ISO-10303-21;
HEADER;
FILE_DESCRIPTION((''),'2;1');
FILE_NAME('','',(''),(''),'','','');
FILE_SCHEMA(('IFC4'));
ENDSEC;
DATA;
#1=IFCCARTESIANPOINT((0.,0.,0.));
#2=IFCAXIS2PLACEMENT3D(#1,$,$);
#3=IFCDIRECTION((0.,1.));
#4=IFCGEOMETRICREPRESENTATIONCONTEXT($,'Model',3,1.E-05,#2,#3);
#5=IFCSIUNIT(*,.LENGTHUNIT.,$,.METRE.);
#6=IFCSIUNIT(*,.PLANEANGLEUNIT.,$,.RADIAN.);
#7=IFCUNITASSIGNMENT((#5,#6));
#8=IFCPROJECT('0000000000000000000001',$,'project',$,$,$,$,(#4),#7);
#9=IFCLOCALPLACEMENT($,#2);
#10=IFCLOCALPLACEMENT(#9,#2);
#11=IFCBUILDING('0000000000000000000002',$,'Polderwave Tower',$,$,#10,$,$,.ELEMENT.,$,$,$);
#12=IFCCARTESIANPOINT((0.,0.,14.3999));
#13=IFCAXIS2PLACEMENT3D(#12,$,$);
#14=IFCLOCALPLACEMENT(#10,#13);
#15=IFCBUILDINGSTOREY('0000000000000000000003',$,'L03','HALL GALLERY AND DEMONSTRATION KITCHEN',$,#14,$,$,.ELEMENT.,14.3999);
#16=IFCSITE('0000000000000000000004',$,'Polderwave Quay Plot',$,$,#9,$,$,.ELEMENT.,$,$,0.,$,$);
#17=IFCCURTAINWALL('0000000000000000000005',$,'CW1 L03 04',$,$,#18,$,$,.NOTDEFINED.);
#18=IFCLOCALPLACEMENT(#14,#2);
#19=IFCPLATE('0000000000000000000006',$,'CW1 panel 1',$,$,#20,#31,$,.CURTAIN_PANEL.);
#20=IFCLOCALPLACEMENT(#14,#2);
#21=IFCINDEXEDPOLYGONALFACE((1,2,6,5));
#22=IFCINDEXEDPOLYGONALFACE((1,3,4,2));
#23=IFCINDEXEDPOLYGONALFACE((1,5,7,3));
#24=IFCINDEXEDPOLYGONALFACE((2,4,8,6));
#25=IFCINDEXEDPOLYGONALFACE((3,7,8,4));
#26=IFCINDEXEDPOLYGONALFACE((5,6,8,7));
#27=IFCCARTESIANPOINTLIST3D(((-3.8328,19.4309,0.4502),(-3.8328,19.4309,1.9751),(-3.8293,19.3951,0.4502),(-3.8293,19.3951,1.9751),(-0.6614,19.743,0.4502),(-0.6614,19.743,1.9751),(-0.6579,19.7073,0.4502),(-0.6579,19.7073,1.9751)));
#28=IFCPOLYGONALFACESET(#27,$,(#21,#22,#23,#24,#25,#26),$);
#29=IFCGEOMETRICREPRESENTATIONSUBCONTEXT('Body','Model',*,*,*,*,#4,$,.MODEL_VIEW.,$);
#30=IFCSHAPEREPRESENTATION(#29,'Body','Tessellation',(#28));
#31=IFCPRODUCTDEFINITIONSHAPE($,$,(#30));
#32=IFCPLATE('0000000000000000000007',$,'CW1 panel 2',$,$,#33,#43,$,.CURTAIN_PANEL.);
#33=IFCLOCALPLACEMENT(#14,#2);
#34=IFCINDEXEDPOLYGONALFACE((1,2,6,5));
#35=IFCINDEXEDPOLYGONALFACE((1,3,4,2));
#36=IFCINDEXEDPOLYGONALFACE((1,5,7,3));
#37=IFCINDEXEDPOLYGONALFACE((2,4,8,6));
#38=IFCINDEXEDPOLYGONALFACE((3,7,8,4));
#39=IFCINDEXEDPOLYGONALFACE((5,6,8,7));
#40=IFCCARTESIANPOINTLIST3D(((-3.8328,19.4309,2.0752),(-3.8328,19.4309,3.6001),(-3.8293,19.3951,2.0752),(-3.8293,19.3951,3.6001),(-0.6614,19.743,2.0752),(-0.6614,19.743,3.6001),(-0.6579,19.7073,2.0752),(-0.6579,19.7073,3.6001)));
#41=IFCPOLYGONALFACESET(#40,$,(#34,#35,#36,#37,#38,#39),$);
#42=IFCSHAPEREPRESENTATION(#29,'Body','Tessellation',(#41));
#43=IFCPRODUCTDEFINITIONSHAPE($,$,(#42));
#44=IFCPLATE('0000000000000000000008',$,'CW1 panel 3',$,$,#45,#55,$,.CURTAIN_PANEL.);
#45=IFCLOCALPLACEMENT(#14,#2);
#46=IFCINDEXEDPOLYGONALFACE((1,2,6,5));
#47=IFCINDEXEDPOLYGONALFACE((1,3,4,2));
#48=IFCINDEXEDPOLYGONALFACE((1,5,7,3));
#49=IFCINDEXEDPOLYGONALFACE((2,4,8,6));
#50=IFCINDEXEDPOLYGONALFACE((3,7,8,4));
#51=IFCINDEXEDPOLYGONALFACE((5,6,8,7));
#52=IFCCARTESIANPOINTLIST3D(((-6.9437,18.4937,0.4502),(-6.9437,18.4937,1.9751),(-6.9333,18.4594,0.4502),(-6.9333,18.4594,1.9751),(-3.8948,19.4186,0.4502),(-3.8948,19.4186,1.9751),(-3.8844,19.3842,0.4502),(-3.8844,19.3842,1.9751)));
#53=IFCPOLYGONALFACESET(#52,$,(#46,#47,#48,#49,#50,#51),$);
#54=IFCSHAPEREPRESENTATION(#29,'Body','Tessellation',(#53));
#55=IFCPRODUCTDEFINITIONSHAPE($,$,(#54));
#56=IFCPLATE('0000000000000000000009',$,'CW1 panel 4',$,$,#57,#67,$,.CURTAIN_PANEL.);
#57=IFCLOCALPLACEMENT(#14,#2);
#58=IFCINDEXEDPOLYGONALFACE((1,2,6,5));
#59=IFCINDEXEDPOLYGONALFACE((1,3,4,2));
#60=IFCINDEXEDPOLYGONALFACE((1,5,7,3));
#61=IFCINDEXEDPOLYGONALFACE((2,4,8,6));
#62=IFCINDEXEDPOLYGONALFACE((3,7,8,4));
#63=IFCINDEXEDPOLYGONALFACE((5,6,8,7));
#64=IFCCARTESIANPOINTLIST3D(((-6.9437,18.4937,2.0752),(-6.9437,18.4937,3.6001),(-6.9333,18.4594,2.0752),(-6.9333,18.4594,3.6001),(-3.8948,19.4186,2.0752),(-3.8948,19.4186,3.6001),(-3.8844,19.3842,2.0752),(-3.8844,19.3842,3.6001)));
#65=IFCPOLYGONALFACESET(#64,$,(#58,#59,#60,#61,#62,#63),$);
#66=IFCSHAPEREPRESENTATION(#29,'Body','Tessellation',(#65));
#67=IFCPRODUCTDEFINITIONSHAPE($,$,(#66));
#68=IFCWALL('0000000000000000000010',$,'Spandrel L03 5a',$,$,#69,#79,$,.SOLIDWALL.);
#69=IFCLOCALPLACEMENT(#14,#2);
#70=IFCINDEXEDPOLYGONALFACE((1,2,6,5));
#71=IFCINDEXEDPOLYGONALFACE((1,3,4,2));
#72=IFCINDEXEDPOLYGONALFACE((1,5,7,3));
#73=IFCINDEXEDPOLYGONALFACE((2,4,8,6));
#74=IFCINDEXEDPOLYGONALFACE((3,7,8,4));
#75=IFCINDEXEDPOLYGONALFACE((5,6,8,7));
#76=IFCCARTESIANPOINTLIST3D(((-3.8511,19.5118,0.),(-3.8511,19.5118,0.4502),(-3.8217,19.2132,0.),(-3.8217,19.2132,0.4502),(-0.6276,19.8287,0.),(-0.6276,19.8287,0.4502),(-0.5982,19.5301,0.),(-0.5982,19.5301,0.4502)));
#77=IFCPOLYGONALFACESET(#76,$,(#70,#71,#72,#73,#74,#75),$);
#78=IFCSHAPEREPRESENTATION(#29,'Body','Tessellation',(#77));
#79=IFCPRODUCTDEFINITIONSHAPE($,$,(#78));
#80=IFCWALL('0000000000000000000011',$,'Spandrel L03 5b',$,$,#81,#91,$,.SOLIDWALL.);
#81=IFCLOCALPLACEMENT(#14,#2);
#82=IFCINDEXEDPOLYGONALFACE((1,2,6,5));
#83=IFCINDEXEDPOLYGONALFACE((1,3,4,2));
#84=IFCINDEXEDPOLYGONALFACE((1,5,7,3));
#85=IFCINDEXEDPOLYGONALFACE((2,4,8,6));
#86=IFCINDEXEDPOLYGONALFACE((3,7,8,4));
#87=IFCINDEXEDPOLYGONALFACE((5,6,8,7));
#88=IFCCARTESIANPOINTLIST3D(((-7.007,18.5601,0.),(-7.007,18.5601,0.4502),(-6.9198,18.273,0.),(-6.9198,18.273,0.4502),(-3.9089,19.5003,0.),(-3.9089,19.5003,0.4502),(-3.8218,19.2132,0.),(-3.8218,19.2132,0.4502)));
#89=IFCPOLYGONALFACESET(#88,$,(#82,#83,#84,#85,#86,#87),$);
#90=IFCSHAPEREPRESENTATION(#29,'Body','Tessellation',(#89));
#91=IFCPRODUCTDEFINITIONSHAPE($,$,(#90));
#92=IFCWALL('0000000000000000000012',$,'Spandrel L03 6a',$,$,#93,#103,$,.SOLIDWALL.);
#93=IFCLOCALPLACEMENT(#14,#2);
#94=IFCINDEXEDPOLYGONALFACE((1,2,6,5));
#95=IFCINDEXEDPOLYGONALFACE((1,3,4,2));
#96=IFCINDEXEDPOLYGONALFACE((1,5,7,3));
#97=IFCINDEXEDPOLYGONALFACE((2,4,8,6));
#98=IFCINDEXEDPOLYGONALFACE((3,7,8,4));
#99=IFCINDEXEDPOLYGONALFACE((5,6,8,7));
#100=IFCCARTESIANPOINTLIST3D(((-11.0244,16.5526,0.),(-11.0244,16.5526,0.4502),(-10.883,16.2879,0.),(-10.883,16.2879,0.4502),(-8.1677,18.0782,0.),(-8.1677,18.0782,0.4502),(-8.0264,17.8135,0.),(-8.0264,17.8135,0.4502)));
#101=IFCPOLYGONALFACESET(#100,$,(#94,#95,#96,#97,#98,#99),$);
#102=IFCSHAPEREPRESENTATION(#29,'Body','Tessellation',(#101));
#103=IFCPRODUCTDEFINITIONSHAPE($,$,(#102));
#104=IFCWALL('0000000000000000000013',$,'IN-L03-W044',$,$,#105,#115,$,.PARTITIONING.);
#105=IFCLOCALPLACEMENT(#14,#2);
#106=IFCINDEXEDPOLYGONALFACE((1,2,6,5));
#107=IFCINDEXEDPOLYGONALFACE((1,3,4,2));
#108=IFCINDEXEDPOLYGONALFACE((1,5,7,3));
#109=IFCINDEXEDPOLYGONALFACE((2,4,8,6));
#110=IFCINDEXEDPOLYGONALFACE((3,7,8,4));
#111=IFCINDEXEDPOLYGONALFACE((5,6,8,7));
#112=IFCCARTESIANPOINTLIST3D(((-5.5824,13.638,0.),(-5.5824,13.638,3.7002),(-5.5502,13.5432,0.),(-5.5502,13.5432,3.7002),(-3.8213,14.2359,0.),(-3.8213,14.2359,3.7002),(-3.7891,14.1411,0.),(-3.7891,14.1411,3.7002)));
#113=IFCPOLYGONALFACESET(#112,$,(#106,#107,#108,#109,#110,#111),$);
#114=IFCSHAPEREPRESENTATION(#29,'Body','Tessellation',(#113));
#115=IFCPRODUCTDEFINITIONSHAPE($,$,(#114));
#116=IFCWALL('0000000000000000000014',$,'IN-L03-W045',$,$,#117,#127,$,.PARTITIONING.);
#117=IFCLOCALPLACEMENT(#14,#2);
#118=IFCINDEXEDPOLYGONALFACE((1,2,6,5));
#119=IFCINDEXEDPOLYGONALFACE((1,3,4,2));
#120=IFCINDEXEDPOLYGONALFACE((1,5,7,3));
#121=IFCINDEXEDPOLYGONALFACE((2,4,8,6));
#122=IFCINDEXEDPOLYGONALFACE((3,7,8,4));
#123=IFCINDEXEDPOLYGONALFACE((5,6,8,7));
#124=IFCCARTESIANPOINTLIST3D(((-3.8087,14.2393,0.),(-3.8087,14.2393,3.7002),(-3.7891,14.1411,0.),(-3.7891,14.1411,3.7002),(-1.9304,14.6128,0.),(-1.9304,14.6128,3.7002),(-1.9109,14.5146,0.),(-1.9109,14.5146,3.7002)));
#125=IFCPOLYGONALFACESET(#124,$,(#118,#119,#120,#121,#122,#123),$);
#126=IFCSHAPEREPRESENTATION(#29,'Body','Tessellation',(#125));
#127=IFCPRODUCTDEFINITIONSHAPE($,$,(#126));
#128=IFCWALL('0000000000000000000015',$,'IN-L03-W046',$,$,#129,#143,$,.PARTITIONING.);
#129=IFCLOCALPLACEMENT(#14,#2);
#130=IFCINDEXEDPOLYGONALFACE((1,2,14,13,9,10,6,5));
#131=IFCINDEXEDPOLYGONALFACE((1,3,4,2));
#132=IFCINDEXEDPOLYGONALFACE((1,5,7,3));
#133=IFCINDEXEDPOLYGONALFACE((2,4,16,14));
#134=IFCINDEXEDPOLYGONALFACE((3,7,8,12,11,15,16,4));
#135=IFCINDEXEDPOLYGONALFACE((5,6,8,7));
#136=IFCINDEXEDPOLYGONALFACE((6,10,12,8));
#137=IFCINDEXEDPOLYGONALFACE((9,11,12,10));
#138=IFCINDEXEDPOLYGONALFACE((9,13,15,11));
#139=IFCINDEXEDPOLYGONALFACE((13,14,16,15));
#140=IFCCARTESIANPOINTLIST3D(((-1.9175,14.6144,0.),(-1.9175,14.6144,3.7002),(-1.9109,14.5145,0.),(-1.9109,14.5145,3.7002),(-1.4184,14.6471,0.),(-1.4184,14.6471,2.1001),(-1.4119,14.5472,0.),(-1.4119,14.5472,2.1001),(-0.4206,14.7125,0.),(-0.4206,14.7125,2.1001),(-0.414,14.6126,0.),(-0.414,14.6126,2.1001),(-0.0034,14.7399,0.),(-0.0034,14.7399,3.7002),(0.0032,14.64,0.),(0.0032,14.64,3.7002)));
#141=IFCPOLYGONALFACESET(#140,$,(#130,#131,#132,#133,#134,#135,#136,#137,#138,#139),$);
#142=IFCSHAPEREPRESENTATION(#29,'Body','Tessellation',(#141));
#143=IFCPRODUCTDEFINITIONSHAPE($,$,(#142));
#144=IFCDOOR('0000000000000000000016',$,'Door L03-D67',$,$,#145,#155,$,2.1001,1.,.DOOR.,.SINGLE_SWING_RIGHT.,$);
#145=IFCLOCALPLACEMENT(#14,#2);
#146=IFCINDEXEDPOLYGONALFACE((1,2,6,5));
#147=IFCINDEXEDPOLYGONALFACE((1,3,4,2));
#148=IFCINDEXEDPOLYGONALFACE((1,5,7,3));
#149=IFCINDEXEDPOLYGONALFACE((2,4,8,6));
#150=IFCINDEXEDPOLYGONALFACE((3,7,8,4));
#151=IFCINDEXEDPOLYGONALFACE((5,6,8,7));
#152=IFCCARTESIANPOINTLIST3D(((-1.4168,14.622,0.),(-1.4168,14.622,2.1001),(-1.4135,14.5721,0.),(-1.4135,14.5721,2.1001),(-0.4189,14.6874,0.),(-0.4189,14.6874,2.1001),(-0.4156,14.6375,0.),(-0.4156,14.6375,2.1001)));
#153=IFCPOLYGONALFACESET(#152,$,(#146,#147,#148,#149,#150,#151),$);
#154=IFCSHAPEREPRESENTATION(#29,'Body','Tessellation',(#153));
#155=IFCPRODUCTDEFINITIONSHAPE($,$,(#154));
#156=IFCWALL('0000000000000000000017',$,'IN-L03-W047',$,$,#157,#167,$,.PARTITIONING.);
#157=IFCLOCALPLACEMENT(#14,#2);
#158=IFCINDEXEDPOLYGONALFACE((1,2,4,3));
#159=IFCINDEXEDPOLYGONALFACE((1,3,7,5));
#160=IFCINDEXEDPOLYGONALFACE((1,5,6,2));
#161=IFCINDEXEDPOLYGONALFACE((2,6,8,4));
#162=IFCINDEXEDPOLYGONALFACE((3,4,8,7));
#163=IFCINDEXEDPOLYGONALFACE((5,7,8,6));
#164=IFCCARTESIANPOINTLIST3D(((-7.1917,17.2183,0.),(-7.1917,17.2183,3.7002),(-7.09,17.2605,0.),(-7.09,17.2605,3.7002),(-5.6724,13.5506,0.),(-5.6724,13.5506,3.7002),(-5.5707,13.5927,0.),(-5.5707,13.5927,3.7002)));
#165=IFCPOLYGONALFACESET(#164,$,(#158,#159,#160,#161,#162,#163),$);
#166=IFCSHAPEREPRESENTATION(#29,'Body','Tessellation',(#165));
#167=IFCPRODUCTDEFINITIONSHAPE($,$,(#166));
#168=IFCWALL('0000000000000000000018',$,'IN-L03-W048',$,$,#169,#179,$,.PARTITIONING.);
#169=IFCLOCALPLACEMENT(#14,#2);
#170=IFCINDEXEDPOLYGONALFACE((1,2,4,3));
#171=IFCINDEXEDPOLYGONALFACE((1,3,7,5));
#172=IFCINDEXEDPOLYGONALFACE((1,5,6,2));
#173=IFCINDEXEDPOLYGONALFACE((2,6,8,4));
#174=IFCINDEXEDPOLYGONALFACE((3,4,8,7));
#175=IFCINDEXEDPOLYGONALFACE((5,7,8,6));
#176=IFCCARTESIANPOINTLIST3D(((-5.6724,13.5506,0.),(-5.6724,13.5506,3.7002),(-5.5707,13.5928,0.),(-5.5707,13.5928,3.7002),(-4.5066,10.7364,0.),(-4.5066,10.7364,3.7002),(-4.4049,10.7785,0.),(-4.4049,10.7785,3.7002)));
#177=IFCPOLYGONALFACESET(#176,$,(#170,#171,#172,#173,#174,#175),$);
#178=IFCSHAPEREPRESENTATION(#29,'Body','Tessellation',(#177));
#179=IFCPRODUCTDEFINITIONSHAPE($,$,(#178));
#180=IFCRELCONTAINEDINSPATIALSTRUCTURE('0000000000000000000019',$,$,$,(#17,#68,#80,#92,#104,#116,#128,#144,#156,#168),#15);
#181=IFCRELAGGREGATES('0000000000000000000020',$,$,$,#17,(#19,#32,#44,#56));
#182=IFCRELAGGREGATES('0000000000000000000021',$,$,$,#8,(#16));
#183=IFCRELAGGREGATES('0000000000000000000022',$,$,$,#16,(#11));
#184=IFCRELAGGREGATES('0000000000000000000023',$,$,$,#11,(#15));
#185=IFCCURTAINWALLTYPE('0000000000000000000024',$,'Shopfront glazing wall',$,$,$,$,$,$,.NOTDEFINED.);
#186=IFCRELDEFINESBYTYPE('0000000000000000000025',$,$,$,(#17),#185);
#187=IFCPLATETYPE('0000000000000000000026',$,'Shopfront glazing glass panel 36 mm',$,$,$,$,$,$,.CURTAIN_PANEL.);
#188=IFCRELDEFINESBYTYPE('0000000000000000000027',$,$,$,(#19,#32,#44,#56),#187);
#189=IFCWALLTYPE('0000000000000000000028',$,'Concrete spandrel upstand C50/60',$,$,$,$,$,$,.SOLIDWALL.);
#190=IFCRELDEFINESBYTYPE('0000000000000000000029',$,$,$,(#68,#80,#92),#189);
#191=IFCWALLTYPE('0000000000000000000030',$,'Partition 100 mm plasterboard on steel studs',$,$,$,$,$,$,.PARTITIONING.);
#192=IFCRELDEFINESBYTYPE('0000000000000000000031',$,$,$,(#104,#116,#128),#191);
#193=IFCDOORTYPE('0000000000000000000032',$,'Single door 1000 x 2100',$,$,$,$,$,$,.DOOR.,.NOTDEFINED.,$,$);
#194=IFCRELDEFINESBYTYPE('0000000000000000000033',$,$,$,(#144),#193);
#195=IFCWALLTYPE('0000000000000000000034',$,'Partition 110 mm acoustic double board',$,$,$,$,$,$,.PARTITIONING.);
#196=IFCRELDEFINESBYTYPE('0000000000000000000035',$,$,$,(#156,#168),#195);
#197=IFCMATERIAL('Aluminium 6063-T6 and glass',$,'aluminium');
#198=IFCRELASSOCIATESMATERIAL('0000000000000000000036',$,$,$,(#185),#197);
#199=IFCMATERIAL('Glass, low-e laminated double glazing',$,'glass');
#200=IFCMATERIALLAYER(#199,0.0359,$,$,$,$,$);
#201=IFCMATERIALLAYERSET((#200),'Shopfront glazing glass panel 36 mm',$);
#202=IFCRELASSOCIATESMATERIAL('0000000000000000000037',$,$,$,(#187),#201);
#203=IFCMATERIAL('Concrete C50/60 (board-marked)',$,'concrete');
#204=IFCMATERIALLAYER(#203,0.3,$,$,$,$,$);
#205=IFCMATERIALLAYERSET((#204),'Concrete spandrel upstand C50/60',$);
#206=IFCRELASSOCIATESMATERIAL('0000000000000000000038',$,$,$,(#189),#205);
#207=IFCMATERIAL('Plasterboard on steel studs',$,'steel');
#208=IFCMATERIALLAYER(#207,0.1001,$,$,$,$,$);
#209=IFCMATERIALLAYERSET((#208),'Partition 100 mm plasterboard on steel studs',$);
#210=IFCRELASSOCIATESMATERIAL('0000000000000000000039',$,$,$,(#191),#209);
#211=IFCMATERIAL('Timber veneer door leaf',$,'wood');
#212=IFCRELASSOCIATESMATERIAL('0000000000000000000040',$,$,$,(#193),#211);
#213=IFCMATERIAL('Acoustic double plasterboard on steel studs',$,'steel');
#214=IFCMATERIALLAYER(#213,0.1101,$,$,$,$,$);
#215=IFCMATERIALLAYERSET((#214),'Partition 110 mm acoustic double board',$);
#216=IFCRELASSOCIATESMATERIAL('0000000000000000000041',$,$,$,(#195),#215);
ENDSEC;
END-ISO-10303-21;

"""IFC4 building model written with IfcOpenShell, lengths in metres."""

from ifc_helpers import new_model, si_unit, direction, frame, frame_2d, origin, origin_2d, place, context, subcontext, project, spatial, rectangle, extrude, material, layer, layer_set, type_object, element, fill, aggregate, save


model = new_model("IFC4")

# Units and contexts
model_context = context("Model", 3, precision=1e-05, world=origin(), true_north=direction((0.0, 1.0)))
body_context = subcontext(model_context, "Body", "Model", "MODEL_VIEW")
ifc_project = project(units=[si_unit("LENGTHUNIT", "METRE"), si_unit("PLANEANGLEUNIT", "RADIAN")], contexts=[model_context])

# Site, building, storey
site_placement = place(None, origin())
site = spatial("IfcSite", under=ifc_project, at=site_placement, Name="Polderwave Quay Plot", CompositionType="ELEMENT", RefElevation=0.0)
building_placement = place(site_placement, origin())
building = spatial("IfcBuilding", under=site, at=building_placement, Name="Polderwave Tower", CompositionType="ELEMENT")
storey_placement = place(building_placement, frame((0.0, 0.0, 14.3999)))
storey = spatial("IfcBuildingStorey", under=building, at=storey_placement, Name="L03", Description="HALL GALLERY AND DEMONSTRATION KITCHEN", CompositionType="ELEMENT", Elevation=14.3999)

# Curtain wall
ifc_material_1 = material(Name="Aluminium 6063-T6 and glass", Category="aluminium")
curtain_wall_type = type_object("IfcCurtainWallType", Name="Shopfront glazing wall", PredefinedType="NOTDEFINED", material=ifc_material_1)
curtain_wall_1_placement = place(storey_placement, origin())
curtain_wall_1 = element("IfcCurtainWall", 1, at=curtain_wall_1_placement, inside=storey, type_object=curtain_wall_type, Name="CW1 L03 04", PredefinedType="NOTDEFINED")

# Plates
ifc_material_2 = material(Name="Glass, low-e laminated double glazing", Category="glass")
ifc_layer_1 = layer(ifc_material_2, 0.0359)
ifc_layer_set_1 = layer_set([ifc_layer_1], Name="Shopfront glazing glass panel 36 mm")
plate_type = type_object("IfcPlateType", Name="Shopfront glazing glass panel 36 mm", PredefinedType="CURTAIN_PANEL", material=ifc_layer_set_1)
plate_1_placement = place(storey_placement, frame((-2.2454, 19.5691, 0.4502), z_axis=(0.0, 0.0, 1.0), x_axis=(-0.99519, -0.097963, 0.0)))
plate_1 = element("IfcPlate", 2, at=plate_1_placement, type_object=plate_type, Name="CW1 panel 1", PredefinedType="CURTAIN_PANEL", context=body_context, shape_type="SweptSolid", body=[
    extrude(rectangle(XDim=3.1868, YDim=0.0359, at=origin_2d()), origin(), (0.0, 0.0, 1.0), 1.5249),
])
plate_2_placement = place(storey_placement, frame((-2.2454, 19.5691, 2.0752), z_axis=(0.0, 0.0, 1.0), x_axis=(-0.99519, -0.097963, 0.0)))
plate_2 = element("IfcPlate", 3, at=plate_2_placement, type_object=plate_type, Name="CW1 panel 2", PredefinedType="CURTAIN_PANEL", context=body_context, shape_type="SweptSolid", body=[
    extrude(rectangle(XDim=3.1868, YDim=0.0359, at=origin_2d()), origin(), (0.0, 0.0, 1.0), 1.5249),
])
plate_3_placement = place(storey_placement, frame((-5.4141, 18.939, 0.4502), z_axis=(0.0, 0.0, 1.0), x_axis=(-0.95694, -0.290286, 0.0)))
plate_3 = element("IfcPlate", 4, at=plate_3_placement, type_object=plate_type, Name="CW1 panel 3", PredefinedType="CURTAIN_PANEL", context=body_context, shape_type="SweptSolid", body=[
    extrude(rectangle(XDim=3.186, YDim=0.0359, at=origin_2d()), origin(), (0.0, 0.0, 1.0), 1.5249),
])
plate_4_placement = place(storey_placement, frame((-5.4141, 18.939, 2.0752), z_axis=(0.0, 0.0, 1.0), x_axis=(-0.95694, -0.290286, 0.0)))
plate_4 = element("IfcPlate", 5, at=plate_4_placement, type_object=plate_type, Name="CW1 panel 4", PredefinedType="CURTAIN_PANEL", context=body_context, shape_type="SweptSolid", body=[
    extrude(rectangle(XDim=3.186, YDim=0.0359, at=origin_2d()), origin(), (0.0, 0.0, 1.0), 1.5249),
])
aggregate(curtain_wall_1, [plate_1, plate_2, plate_3, plate_4])

# Walls
ifc_material_3 = material(Name="Concrete C50/60 (board-marked)", Category="concrete")
ifc_layer_2 = layer(ifc_material_3, 0.3)
ifc_layer_set_2 = layer_set([ifc_layer_2], Name="Concrete spandrel upstand C50/60")
wall_type_1 = type_object("IfcWallType", Name="Concrete spandrel upstand C50/60", PredefinedType="SOLIDWALL", material=ifc_layer_set_2)
wall_1_placement = place(storey_placement, frame((-0.6128, 19.6794, 0.0), z_axis=(0.0, 0.0, 1.0), x_axis=(-0.995202, -0.097839, 0.0)))
element("IfcWall", 6, at=wall_1_placement, inside=storey, type_object=wall_type_1, Name="Spandrel L03 5a", PredefinedType="SOLIDWALL", context=body_context, shape_type="SweptSolid", body=[
    extrude(rectangle(XDim=3.239, YDim=0.3, at=frame_2d((1.6196, 0.0))), origin(), (0.0, 0.0, 1.0), 0.4502),
])
wall_2_placement = place(storey_placement, frame((-3.8655, 19.3567, 0.0), z_axis=(0.0, 0.0, 1.0), x_axis=(-0.956908, -0.29039, 0.0)))
element("IfcWall", 7, at=wall_2_placement, inside=storey, type_object=wall_type_1, Name="Spandrel L03 5b", PredefinedType="SOLIDWALL", context=body_context, shape_type="SweptSolid", body=[
    extrude(rectangle(XDim=3.2375, YDim=0.3, at=frame_2d((1.6187, 0.0))), origin(), (0.0, 0.0, 1.0), 0.4502),
])
wall_3_placement = place(storey_placement, frame((-8.0972, 17.9458, 0.0), z_axis=(0.0, 0.0, 1.0), x_axis=(-0.882088, -0.471085, 0.0)))
element("IfcWall", 8, at=wall_3_placement, inside=storey, type_object=wall_type_1, Name="Spandrel L03 6a", PredefinedType="SOLIDWALL", context=body_context, shape_type="SweptSolid", body=[
    extrude(rectangle(XDim=3.2385, YDim=0.3, at=frame_2d((1.6191, 0.0))), origin(), (0.0, 0.0, 1.0), 0.4502),
])
ifc_material_4 = material(Name="Plasterboard on steel studs", Category="steel")
ifc_layer_3 = layer(ifc_material_4, 0.1001)
ifc_layer_set_3 = layer_set([ifc_layer_3], Name="Partition 100 mm plasterboard on steel studs")
wall_type_2 = type_object("IfcWallType", Name="Partition 100 mm plasterboard on steel studs", PredefinedType="PARTITIONING", material=ifc_layer_set_3)
wall_4_placement = place(storey_placement, frame((-3.8052, 14.1885, 0.0), z_axis=(0.0, 0.0, 1.0), x_axis=(-0.946923, -0.32146, 0.0)))
element("IfcWall", 9, at=wall_4_placement, inside=storey, type_object=wall_type_2, Name="IN-L03-W044", PredefinedType="PARTITIONING", context=body_context, shape_type="SweptSolid", body=[
    extrude(rectangle(XDim=1.8599, YDim=0.1001, at=frame_2d((0.9299, 0.0))), origin(), (0.0, 0.0, 1.0), 3.7002),
])
wall_5_placement = place(storey_placement, frame((-1.9207, 14.5637, 0.0), z_axis=(0.0, 0.0, 1.0), x_axis=(-0.980791, -0.195062, 0.0)))
element("IfcWall", 10, at=wall_5_placement, inside=storey, type_object=wall_type_2, Name="IN-L03-W045", PredefinedType="PARTITIONING", context=body_context, shape_type="SweptSolid", body=[
    extrude(rectangle(XDim=1.915, YDim=0.1001, at=frame_2d((0.9575, 0.0))), origin(), (0.0, 0.0, 1.0), 3.7002),
])

# Wall, opening, door
wall_6_placement = place(storey_placement, frame((-1.9141, 14.5645, 0.0), z_axis=(0.0, 0.0, 1.0), x_axis=(0.997858, 0.065421, 0.0)))
wall_6 = element("IfcWall", 11, at=wall_6_placement, inside=storey, type_object=wall_type_2, Name="IN-L03-W046", PredefinedType="PARTITIONING", context=body_context, shape_type="SweptSolid", body=[
    extrude(rectangle(XDim=1.9182, YDim=0.1001, at=frame_2d((0.959, 0.0))), origin(), (0.0, 0.0, 1.0), 3.7002),
])
opening_placement = place(wall_6_placement, frame((0.5, 0.0, 0.0)))
opening = element("IfcOpeningElement", 12, at=opening_placement, cuts=wall_6, PredefinedType="OPENING", context=body_context, shape_type="SweptSolid", body=[
    extrude(rectangle(XDim=1.0, YDim=2.1001, at=frame_2d((0.5, 1.05))), frame((0.0, 0.0601, 0.0), z_axis=(0.0, -1.0, 0.0), x_axis=(1.0, 0.0, 0.0)), (0.0, 0.0, 1.0), 0.1201),
])
ifc_material_5 = material(Name="Timber veneer door leaf", Category="wood")
door_type = type_object("IfcDoorType", Name="Single door 1000 x 2100", OperationType="NOTDEFINED", PredefinedType="DOOR", material=ifc_material_5)
door_placement = place(opening_placement, origin())
door = element("IfcDoor", 13, at=door_placement, inside=storey, type_object=door_type, Name="Door L03-D67", OperationType="SINGLE_SWING_RIGHT", OverallHeight=2.1001, OverallWidth=1.0, PredefinedType="DOOR", context=body_context, shape_type="SweptSolid", body=[
    extrude(rectangle(XDim=1.0, YDim=2.1001, at=frame_2d((0.5, 1.05))), frame((0.0, 0.0249, 0.0), z_axis=(0.0, -1.0, 0.0), x_axis=(1.0, 0.0, 0.0)), (0.0, 0.0, 1.0), 0.05),
])
fill(opening, door)

# Walls
ifc_material_6 = material(Name="Acoustic double plasterboard on steel studs", Category="steel")
ifc_layer_4 = layer(ifc_material_6, 0.1101)
ifc_layer_set_4 = layer_set([ifc_layer_4], Name="Partition 110 mm acoustic double board")
wall_type_3 = type_object("IfcWallType", Name="Partition 110 mm acoustic double board", PredefinedType="PARTITIONING", material=ifc_layer_set_4)
wall_7_placement = place(storey_placement, frame((-5.6216, 13.5718, 0.0), z_axis=(0.0, 0.0, 1.0), x_axis=(-0.382698, 0.923874, 0.0)))
element("IfcWall", 14, at=wall_7_placement, inside=storey, type_object=wall_type_3, Name="IN-L03-W047", PredefinedType="PARTITIONING", context=body_context, shape_type="SweptSolid", body=[
    extrude(rectangle(XDim=3.97, YDim=0.1101, at=frame_2d((1.9849, 0.0))), origin(), (0.0, 0.0, 1.0), 3.7002),
])
wall_8_placement = place(storey_placement, frame((-4.4558, 10.7576, 0.0), z_axis=(0.0, 0.0, 1.0), x_axis=(-0.382708, 0.923869, 0.0)))
element("IfcWall", 15, at=wall_8_placement, inside=storey, type_object=wall_type_3, Name="IN-L03-W048", PredefinedType="PARTITIONING", context=body_context, shape_type="SweptSolid", body=[
    extrude(rectangle(XDim=3.0461, YDim=0.1101, at=frame_2d((1.5229, 0.0))), origin(), (0.0, 0.0, 1.0), 3.7002),
])

save(model, "model.ifc")
